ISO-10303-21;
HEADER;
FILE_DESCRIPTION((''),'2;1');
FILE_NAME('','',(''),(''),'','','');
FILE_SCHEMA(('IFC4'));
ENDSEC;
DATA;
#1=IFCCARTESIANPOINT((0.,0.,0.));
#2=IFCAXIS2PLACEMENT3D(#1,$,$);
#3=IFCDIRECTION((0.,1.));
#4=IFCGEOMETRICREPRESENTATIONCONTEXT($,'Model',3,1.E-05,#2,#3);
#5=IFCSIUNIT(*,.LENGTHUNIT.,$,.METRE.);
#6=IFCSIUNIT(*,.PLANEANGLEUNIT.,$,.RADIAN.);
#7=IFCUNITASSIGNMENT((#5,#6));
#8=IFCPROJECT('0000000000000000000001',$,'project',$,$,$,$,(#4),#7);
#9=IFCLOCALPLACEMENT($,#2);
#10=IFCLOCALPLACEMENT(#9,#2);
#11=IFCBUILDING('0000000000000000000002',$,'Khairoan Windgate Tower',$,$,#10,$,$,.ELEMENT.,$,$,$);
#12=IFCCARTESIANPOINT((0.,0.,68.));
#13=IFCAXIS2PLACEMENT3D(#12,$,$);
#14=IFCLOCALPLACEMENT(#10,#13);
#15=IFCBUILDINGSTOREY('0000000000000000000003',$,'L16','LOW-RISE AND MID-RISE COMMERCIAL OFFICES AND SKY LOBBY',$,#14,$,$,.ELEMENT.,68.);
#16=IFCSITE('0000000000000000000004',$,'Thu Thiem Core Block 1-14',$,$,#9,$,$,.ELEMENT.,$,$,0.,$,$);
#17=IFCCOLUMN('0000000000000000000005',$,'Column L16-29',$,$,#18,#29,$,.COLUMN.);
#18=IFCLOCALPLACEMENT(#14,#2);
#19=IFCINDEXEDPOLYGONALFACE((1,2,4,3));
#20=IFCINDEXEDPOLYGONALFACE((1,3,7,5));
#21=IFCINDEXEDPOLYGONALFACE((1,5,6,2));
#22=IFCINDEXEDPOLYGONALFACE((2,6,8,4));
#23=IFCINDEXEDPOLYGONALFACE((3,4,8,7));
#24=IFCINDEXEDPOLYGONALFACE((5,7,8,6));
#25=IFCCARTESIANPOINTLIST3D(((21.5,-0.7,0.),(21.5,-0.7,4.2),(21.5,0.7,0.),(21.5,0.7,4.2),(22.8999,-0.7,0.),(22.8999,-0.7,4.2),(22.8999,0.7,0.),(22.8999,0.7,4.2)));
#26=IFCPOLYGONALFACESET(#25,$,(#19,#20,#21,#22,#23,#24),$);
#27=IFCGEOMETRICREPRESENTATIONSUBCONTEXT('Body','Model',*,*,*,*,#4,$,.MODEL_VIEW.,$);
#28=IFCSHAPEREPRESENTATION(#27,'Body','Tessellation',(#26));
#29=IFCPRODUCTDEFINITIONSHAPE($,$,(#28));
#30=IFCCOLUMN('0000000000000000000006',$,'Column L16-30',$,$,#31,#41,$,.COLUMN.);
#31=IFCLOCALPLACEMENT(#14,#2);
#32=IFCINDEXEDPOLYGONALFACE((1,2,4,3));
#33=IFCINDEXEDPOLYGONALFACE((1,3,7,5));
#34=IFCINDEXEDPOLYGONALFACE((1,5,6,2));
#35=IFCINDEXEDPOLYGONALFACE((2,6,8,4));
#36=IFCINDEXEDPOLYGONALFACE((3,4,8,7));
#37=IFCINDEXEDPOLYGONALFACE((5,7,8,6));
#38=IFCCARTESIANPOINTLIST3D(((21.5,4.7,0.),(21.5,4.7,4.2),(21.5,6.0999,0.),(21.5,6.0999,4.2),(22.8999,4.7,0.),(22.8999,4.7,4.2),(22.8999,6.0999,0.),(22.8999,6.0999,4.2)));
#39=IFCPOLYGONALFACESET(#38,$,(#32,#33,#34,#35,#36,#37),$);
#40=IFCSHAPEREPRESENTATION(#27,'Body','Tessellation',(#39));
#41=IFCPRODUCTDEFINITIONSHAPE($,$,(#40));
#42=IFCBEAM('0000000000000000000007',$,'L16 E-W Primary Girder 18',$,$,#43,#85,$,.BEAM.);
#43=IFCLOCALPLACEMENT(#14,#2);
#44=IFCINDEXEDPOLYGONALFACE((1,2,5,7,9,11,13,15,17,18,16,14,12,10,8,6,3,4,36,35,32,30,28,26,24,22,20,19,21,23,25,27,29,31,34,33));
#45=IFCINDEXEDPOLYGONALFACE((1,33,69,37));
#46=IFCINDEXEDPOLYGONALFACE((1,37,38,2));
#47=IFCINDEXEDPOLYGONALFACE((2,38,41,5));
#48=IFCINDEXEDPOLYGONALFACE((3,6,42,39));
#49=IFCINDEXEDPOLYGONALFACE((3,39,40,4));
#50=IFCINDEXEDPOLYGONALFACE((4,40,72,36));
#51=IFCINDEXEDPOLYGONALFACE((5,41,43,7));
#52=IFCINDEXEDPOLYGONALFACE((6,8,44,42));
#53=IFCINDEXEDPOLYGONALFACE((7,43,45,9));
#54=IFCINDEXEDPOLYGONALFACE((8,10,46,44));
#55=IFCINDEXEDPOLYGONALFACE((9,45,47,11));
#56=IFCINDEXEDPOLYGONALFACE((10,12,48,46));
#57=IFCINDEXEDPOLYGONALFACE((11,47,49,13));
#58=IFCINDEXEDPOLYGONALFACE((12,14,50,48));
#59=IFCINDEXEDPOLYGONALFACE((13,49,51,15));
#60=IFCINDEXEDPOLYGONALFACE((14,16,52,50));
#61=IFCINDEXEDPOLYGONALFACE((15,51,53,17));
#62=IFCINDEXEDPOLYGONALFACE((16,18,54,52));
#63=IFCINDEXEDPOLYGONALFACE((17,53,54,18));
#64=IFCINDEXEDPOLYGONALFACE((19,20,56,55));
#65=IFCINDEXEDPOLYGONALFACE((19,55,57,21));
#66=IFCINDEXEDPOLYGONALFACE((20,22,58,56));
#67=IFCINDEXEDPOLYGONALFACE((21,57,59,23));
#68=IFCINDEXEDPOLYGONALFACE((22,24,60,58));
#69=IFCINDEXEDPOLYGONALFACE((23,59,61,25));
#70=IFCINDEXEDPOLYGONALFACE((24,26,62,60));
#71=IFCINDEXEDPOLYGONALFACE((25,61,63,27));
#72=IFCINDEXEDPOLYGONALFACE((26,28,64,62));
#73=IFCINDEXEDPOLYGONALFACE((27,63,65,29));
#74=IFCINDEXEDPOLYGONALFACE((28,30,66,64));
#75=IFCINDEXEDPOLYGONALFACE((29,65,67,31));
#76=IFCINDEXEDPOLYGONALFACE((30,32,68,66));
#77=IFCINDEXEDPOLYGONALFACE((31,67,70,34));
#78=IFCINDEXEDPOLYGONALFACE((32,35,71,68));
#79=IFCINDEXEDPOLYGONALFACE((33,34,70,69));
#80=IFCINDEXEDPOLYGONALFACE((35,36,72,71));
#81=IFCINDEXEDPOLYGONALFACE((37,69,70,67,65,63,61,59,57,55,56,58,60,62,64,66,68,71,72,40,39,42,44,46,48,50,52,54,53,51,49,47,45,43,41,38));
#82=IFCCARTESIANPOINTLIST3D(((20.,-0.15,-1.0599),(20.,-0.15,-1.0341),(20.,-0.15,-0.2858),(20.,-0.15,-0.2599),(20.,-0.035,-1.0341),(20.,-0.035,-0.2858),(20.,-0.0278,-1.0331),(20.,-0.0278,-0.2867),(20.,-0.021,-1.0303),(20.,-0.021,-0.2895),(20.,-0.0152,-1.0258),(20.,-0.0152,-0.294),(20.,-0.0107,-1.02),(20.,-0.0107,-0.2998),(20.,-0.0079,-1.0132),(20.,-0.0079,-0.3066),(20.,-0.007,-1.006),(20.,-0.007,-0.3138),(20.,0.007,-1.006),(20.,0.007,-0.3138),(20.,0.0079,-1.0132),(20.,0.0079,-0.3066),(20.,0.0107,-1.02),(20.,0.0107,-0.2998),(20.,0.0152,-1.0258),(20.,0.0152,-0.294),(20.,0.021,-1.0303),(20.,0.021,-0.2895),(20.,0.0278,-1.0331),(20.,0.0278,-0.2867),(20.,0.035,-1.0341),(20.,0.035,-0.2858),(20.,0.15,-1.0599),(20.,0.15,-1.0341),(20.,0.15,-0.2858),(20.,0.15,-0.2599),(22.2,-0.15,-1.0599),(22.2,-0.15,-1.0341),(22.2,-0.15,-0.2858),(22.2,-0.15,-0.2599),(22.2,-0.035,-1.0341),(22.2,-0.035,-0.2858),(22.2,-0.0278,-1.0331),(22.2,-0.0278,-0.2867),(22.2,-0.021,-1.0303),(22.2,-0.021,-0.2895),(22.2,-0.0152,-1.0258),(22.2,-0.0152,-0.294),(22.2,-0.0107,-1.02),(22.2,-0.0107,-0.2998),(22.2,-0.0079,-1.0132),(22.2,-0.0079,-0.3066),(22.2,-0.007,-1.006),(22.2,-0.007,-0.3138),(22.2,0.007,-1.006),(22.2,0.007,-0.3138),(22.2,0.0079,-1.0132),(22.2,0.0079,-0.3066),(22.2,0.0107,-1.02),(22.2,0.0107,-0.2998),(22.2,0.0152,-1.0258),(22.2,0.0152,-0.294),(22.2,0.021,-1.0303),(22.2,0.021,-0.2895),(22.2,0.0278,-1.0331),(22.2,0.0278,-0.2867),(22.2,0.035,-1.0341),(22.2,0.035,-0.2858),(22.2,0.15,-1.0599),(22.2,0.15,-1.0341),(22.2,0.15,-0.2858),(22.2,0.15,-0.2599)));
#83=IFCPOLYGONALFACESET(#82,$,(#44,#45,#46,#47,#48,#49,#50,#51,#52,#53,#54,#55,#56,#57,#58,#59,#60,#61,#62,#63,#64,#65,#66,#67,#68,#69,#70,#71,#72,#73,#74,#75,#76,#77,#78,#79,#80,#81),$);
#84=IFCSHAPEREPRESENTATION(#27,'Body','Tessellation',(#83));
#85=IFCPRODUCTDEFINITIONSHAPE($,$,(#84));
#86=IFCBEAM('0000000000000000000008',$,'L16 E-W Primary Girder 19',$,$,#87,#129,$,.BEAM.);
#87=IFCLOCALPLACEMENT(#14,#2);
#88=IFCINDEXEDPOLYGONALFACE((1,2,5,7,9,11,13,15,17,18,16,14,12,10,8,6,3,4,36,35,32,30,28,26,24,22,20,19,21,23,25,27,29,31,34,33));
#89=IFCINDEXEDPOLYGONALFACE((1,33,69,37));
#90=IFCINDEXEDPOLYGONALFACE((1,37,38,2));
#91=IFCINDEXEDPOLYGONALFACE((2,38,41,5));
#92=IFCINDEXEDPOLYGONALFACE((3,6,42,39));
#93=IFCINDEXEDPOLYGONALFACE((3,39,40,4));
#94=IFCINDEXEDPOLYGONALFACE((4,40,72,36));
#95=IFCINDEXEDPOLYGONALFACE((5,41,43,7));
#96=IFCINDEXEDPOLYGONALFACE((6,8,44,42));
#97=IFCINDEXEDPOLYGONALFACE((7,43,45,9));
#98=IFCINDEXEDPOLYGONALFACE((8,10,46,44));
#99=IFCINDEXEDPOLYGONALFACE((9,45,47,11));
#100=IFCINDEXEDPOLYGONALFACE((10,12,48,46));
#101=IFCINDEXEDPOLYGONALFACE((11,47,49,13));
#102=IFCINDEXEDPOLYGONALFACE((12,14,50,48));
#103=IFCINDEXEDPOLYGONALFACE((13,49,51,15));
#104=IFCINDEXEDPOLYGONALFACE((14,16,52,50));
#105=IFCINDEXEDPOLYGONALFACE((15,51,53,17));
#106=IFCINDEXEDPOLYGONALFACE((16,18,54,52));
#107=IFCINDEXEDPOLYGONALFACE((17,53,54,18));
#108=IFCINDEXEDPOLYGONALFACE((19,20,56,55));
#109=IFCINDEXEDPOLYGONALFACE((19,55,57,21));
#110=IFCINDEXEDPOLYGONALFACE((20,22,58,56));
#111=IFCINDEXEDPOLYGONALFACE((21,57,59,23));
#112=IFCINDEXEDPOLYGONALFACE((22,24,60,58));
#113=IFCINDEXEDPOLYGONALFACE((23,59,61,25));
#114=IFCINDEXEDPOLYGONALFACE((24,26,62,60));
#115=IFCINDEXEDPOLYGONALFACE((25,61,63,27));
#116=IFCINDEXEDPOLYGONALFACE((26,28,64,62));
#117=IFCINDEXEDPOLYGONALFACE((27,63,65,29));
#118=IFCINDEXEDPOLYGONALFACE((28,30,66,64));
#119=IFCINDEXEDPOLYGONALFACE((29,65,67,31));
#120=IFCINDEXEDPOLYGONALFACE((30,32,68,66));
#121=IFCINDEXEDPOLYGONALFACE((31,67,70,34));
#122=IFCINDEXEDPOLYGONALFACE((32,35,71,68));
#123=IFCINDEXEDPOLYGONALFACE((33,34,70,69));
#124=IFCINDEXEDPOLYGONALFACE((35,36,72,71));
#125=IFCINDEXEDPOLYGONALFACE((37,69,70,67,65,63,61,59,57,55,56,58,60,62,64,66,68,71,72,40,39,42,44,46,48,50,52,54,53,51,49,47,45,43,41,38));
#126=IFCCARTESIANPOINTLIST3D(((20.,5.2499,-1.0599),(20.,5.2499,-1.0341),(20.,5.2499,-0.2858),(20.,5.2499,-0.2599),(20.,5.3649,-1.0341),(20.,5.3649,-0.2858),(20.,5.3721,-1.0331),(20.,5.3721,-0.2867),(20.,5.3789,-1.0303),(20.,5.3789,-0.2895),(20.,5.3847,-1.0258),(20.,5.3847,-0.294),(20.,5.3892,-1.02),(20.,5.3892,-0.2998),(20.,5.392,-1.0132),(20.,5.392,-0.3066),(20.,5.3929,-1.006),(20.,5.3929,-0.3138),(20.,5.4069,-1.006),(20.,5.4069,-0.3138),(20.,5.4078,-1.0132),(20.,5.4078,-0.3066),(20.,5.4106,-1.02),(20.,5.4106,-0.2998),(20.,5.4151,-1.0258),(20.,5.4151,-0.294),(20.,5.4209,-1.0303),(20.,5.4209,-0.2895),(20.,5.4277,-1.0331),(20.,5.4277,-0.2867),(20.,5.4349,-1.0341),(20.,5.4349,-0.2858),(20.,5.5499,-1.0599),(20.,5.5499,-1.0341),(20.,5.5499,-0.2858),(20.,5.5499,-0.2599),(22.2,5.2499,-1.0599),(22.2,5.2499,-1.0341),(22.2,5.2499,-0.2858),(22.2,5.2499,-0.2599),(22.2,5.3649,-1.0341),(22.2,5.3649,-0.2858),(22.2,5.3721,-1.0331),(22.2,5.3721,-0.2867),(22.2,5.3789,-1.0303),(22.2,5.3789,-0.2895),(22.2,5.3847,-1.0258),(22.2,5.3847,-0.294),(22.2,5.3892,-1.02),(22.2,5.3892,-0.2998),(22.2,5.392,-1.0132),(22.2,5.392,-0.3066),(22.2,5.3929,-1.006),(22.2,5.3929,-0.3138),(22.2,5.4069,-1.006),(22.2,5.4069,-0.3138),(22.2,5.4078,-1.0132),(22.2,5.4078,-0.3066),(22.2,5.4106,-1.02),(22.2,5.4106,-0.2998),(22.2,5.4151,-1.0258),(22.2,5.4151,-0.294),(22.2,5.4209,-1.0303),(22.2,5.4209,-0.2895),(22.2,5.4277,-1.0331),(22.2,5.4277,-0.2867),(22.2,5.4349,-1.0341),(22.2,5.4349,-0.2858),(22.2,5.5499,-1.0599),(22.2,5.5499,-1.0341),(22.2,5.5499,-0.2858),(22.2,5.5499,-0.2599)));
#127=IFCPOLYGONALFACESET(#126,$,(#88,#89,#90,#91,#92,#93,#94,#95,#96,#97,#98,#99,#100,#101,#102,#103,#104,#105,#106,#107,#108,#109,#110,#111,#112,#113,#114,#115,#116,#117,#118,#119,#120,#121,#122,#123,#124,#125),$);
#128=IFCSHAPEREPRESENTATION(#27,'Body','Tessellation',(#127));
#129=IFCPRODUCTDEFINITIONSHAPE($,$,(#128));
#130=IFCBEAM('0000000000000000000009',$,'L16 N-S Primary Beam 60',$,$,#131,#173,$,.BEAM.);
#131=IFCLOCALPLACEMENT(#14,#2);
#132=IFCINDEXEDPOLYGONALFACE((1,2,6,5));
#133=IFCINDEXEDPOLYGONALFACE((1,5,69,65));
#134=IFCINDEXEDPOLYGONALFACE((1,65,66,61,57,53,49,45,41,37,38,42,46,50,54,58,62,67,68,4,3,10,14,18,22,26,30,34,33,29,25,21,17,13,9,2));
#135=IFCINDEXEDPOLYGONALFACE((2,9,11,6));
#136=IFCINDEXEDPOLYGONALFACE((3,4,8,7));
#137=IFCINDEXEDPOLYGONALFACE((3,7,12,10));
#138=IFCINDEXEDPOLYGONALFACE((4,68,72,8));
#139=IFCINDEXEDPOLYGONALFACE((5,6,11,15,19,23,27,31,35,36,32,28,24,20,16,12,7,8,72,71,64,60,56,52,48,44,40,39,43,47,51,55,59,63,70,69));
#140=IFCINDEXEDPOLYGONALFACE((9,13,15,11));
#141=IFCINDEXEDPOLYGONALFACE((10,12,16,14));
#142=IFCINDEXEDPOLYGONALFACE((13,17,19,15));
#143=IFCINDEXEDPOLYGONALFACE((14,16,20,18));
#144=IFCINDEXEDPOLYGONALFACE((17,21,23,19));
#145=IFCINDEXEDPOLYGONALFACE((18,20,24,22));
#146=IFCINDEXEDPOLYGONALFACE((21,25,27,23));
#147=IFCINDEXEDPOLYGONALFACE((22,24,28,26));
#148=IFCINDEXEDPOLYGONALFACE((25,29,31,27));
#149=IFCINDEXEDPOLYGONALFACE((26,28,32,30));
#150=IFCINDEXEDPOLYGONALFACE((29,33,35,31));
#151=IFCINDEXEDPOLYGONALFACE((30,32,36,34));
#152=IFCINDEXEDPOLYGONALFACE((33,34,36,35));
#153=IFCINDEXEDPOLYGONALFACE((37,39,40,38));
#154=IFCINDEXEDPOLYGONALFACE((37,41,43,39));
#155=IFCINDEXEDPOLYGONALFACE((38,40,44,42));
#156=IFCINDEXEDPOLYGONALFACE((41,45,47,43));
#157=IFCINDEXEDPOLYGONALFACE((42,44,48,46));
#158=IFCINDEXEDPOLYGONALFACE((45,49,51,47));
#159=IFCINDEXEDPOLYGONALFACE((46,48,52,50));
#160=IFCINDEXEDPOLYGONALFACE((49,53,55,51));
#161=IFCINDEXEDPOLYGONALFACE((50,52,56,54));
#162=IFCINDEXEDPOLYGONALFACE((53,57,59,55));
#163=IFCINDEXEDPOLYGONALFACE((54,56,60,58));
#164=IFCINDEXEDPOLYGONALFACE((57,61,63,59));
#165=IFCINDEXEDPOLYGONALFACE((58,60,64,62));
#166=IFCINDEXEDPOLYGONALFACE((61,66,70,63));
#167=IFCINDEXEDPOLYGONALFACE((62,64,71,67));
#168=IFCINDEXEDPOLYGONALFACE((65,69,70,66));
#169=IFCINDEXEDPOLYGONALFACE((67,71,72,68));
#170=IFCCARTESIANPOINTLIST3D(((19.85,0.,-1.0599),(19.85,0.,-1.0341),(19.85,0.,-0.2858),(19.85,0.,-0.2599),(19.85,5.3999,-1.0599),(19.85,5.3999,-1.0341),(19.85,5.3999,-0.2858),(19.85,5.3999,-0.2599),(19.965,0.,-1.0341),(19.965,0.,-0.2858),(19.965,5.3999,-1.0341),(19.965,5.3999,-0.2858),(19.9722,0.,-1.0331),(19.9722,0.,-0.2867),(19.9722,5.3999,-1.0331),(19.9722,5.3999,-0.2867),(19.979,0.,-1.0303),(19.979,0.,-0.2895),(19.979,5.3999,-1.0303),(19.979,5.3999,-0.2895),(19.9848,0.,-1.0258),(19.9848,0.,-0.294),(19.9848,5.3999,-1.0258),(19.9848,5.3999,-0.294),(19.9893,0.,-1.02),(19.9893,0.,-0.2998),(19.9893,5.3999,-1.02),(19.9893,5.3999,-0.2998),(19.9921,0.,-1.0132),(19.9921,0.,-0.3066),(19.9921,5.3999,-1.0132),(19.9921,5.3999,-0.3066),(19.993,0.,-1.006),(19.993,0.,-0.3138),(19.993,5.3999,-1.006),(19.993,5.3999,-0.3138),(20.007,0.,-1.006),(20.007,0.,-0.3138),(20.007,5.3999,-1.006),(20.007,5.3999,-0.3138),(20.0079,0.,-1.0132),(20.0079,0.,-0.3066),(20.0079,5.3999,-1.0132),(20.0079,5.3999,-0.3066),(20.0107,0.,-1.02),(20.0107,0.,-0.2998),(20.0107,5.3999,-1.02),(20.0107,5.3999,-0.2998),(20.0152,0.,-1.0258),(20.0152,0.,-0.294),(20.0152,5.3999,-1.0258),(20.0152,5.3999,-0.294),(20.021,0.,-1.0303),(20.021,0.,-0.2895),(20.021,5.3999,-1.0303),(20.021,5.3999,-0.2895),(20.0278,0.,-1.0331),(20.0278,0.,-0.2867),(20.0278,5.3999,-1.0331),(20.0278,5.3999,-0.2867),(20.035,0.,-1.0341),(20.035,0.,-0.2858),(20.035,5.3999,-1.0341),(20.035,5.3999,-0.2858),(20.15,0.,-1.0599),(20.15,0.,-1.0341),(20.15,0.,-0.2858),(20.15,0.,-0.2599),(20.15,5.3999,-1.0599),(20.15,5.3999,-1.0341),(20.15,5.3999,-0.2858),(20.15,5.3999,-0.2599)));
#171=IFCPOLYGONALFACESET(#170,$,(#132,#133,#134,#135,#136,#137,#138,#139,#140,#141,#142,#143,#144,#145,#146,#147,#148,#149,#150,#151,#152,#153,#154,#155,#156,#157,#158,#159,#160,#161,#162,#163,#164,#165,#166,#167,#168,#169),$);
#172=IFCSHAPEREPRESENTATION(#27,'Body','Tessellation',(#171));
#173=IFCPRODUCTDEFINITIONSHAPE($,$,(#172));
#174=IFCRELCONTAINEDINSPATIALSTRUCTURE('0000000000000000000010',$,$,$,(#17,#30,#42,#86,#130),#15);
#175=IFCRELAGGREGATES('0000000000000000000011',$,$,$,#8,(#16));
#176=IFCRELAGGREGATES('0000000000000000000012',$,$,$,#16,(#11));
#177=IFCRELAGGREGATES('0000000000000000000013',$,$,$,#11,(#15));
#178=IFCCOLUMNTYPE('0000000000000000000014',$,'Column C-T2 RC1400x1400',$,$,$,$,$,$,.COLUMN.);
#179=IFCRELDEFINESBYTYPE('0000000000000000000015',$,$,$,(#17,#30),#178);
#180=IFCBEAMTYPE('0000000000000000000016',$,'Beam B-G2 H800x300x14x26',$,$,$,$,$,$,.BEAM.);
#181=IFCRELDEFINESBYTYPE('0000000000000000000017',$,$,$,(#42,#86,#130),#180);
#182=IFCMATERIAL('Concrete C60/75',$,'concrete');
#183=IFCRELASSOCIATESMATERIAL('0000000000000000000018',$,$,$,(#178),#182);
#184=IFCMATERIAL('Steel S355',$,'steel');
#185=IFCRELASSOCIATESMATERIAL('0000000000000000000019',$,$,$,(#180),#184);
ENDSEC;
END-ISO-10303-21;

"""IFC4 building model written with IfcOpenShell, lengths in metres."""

from ifc_helpers import new_model, si_unit, direction, frame, origin, origin_2d, place, context, subcontext, project, spatial, rectangle, i_section, extrude, material, material_profile, profile_set, type_object, element, save


model = new_model("IFC4")

# Units and contexts
model_context = context("Model", 3, precision=1e-05, world=origin(), true_north=direction((0.0, 1.0)))
body_context = subcontext(model_context, "Body", "Model", "MODEL_VIEW")
ifc_project = project(units=[si_unit("LENGTHUNIT", "METRE"), si_unit("PLANEANGLEUNIT", "RADIAN")], contexts=[model_context])

# Site, building, storey
site_placement = place(None, origin())
site = spatial("IfcSite", under=ifc_project, at=site_placement, Name="Thu Thiem Core Block 1-14", CompositionType="ELEMENT", RefElevation=0.0)
building_placement = place(site_placement, origin())
building = spatial("IfcBuilding", under=site, at=building_placement, Name="Khairoan Windgate Tower", CompositionType="ELEMENT")
storey_placement = place(building_placement, frame((0.0, 0.0, 68.0)))
storey = spatial("IfcBuildingStorey", under=building, at=storey_placement, Name="L16", Description="LOW-RISE AND MID-RISE COMMERCIAL OFFICES AND SKY LOBBY", CompositionType="ELEMENT", Elevation=68.0)

# Columns
ifc_material_1 = material(Name="Concrete C60/75", Category="concrete")
ifc_material_profile_1 = material_profile(ifc_material_1, rectangle(XDim=1.3999, YDim=1.3999, at=origin_2d()))
ifc_profile_set_1 = profile_set([ifc_material_profile_1], Name="Concrete C60/75")
column_type = type_object("IfcColumnType", Name="Column C-T2 RC1400x1400", PredefinedType="COLUMN", material=ifc_profile_set_1)
for number, where, z_axis, x_axis, name in (
    (1, (22.2, 0.0, 0.0), (0.0, 0.0, 1.0), (1.0, 0.0, 0.0), "Column L16-29"),
    (2, (22.2, 5.3999, 0.0), (0.0, 0.0, 1.0), (1.0, 0.0, 0.0), "Column L16-30"),
):
    element("IfcColumn", number, at=place(storey_placement, frame(where, z_axis=z_axis, x_axis=x_axis)), inside=storey, type_object=column_type, Name=name, PredefinedType="COLUMN", context=body_context, shape_type="SweptSolid", body=[
        extrude(rectangle(XDim=1.3999, YDim=1.3999, at=origin_2d()), origin(), (0.0, 0.0, 1.0), 4.2),
    ])

# Beams
ifc_material_2 = material(Name="Steel S355", Category="steel")
ifc_material_profile_2 = material_profile(ifc_material_2, i_section(OverallWidth=0.3, OverallDepth=0.8, WebThickness=0.0139, FlangeThickness=0.0259, FilletRadius=0.0281, at=origin_2d()))
ifc_profile_set_2 = profile_set([ifc_material_profile_2], Name="Steel S355")
beam_type_1 = type_object("IfcBeamType", Name="Beam B-G2 H800x300x14x26", PredefinedType="BEAM", material=ifc_profile_set_2)
for number, where, z_axis, x_axis, name in (
    (3, (20.0, 0.0, -0.6599), (1.0, 0.0, 0.0), (0.0, 1.0, 0.0), "L16 E-W Primary Girder 18"),
    (4, (20.0, 5.3999, -0.6599), (1.0, 0.0, 0.0), (0.0, 1.0, 0.0), "L16 E-W Primary Girder 19"),
):
    element("IfcBeam", number, at=place(storey_placement, frame(where, z_axis=z_axis, x_axis=x_axis)), inside=storey, type_object=beam_type_1, Name=name, PredefinedType="BEAM", context=body_context, shape_type="SweptSolid", body=[
        extrude(i_section(OverallWidth=0.3, OverallDepth=0.8, WebThickness=0.0139, FlangeThickness=0.0259, FilletRadius=0.0281, at=origin_2d()), origin(), (0.0, 0.0, 1.0), 2.2),
    ])
beam_1_placement = place(storey_placement, frame((20.0, 0.0, -0.6599), z_axis=(0.0, 1.0, 0.0), x_axis=(-1.0, 0.0, 0.0)))
element("IfcBeam", 5, at=beam_1_placement, inside=storey, type_object=beam_type_1, Name="L16 N-S Primary Beam 60", PredefinedType="BEAM", context=body_context, shape_type="SweptSolid", body=[
    extrude(i_section(OverallWidth=0.3, OverallDepth=0.8, WebThickness=0.0139, FlangeThickness=0.0259, FilletRadius=0.0281, at=origin_2d()), origin(), (0.0, 0.0, 1.0), 5.3999),
])

save(model, "model.ifc")
